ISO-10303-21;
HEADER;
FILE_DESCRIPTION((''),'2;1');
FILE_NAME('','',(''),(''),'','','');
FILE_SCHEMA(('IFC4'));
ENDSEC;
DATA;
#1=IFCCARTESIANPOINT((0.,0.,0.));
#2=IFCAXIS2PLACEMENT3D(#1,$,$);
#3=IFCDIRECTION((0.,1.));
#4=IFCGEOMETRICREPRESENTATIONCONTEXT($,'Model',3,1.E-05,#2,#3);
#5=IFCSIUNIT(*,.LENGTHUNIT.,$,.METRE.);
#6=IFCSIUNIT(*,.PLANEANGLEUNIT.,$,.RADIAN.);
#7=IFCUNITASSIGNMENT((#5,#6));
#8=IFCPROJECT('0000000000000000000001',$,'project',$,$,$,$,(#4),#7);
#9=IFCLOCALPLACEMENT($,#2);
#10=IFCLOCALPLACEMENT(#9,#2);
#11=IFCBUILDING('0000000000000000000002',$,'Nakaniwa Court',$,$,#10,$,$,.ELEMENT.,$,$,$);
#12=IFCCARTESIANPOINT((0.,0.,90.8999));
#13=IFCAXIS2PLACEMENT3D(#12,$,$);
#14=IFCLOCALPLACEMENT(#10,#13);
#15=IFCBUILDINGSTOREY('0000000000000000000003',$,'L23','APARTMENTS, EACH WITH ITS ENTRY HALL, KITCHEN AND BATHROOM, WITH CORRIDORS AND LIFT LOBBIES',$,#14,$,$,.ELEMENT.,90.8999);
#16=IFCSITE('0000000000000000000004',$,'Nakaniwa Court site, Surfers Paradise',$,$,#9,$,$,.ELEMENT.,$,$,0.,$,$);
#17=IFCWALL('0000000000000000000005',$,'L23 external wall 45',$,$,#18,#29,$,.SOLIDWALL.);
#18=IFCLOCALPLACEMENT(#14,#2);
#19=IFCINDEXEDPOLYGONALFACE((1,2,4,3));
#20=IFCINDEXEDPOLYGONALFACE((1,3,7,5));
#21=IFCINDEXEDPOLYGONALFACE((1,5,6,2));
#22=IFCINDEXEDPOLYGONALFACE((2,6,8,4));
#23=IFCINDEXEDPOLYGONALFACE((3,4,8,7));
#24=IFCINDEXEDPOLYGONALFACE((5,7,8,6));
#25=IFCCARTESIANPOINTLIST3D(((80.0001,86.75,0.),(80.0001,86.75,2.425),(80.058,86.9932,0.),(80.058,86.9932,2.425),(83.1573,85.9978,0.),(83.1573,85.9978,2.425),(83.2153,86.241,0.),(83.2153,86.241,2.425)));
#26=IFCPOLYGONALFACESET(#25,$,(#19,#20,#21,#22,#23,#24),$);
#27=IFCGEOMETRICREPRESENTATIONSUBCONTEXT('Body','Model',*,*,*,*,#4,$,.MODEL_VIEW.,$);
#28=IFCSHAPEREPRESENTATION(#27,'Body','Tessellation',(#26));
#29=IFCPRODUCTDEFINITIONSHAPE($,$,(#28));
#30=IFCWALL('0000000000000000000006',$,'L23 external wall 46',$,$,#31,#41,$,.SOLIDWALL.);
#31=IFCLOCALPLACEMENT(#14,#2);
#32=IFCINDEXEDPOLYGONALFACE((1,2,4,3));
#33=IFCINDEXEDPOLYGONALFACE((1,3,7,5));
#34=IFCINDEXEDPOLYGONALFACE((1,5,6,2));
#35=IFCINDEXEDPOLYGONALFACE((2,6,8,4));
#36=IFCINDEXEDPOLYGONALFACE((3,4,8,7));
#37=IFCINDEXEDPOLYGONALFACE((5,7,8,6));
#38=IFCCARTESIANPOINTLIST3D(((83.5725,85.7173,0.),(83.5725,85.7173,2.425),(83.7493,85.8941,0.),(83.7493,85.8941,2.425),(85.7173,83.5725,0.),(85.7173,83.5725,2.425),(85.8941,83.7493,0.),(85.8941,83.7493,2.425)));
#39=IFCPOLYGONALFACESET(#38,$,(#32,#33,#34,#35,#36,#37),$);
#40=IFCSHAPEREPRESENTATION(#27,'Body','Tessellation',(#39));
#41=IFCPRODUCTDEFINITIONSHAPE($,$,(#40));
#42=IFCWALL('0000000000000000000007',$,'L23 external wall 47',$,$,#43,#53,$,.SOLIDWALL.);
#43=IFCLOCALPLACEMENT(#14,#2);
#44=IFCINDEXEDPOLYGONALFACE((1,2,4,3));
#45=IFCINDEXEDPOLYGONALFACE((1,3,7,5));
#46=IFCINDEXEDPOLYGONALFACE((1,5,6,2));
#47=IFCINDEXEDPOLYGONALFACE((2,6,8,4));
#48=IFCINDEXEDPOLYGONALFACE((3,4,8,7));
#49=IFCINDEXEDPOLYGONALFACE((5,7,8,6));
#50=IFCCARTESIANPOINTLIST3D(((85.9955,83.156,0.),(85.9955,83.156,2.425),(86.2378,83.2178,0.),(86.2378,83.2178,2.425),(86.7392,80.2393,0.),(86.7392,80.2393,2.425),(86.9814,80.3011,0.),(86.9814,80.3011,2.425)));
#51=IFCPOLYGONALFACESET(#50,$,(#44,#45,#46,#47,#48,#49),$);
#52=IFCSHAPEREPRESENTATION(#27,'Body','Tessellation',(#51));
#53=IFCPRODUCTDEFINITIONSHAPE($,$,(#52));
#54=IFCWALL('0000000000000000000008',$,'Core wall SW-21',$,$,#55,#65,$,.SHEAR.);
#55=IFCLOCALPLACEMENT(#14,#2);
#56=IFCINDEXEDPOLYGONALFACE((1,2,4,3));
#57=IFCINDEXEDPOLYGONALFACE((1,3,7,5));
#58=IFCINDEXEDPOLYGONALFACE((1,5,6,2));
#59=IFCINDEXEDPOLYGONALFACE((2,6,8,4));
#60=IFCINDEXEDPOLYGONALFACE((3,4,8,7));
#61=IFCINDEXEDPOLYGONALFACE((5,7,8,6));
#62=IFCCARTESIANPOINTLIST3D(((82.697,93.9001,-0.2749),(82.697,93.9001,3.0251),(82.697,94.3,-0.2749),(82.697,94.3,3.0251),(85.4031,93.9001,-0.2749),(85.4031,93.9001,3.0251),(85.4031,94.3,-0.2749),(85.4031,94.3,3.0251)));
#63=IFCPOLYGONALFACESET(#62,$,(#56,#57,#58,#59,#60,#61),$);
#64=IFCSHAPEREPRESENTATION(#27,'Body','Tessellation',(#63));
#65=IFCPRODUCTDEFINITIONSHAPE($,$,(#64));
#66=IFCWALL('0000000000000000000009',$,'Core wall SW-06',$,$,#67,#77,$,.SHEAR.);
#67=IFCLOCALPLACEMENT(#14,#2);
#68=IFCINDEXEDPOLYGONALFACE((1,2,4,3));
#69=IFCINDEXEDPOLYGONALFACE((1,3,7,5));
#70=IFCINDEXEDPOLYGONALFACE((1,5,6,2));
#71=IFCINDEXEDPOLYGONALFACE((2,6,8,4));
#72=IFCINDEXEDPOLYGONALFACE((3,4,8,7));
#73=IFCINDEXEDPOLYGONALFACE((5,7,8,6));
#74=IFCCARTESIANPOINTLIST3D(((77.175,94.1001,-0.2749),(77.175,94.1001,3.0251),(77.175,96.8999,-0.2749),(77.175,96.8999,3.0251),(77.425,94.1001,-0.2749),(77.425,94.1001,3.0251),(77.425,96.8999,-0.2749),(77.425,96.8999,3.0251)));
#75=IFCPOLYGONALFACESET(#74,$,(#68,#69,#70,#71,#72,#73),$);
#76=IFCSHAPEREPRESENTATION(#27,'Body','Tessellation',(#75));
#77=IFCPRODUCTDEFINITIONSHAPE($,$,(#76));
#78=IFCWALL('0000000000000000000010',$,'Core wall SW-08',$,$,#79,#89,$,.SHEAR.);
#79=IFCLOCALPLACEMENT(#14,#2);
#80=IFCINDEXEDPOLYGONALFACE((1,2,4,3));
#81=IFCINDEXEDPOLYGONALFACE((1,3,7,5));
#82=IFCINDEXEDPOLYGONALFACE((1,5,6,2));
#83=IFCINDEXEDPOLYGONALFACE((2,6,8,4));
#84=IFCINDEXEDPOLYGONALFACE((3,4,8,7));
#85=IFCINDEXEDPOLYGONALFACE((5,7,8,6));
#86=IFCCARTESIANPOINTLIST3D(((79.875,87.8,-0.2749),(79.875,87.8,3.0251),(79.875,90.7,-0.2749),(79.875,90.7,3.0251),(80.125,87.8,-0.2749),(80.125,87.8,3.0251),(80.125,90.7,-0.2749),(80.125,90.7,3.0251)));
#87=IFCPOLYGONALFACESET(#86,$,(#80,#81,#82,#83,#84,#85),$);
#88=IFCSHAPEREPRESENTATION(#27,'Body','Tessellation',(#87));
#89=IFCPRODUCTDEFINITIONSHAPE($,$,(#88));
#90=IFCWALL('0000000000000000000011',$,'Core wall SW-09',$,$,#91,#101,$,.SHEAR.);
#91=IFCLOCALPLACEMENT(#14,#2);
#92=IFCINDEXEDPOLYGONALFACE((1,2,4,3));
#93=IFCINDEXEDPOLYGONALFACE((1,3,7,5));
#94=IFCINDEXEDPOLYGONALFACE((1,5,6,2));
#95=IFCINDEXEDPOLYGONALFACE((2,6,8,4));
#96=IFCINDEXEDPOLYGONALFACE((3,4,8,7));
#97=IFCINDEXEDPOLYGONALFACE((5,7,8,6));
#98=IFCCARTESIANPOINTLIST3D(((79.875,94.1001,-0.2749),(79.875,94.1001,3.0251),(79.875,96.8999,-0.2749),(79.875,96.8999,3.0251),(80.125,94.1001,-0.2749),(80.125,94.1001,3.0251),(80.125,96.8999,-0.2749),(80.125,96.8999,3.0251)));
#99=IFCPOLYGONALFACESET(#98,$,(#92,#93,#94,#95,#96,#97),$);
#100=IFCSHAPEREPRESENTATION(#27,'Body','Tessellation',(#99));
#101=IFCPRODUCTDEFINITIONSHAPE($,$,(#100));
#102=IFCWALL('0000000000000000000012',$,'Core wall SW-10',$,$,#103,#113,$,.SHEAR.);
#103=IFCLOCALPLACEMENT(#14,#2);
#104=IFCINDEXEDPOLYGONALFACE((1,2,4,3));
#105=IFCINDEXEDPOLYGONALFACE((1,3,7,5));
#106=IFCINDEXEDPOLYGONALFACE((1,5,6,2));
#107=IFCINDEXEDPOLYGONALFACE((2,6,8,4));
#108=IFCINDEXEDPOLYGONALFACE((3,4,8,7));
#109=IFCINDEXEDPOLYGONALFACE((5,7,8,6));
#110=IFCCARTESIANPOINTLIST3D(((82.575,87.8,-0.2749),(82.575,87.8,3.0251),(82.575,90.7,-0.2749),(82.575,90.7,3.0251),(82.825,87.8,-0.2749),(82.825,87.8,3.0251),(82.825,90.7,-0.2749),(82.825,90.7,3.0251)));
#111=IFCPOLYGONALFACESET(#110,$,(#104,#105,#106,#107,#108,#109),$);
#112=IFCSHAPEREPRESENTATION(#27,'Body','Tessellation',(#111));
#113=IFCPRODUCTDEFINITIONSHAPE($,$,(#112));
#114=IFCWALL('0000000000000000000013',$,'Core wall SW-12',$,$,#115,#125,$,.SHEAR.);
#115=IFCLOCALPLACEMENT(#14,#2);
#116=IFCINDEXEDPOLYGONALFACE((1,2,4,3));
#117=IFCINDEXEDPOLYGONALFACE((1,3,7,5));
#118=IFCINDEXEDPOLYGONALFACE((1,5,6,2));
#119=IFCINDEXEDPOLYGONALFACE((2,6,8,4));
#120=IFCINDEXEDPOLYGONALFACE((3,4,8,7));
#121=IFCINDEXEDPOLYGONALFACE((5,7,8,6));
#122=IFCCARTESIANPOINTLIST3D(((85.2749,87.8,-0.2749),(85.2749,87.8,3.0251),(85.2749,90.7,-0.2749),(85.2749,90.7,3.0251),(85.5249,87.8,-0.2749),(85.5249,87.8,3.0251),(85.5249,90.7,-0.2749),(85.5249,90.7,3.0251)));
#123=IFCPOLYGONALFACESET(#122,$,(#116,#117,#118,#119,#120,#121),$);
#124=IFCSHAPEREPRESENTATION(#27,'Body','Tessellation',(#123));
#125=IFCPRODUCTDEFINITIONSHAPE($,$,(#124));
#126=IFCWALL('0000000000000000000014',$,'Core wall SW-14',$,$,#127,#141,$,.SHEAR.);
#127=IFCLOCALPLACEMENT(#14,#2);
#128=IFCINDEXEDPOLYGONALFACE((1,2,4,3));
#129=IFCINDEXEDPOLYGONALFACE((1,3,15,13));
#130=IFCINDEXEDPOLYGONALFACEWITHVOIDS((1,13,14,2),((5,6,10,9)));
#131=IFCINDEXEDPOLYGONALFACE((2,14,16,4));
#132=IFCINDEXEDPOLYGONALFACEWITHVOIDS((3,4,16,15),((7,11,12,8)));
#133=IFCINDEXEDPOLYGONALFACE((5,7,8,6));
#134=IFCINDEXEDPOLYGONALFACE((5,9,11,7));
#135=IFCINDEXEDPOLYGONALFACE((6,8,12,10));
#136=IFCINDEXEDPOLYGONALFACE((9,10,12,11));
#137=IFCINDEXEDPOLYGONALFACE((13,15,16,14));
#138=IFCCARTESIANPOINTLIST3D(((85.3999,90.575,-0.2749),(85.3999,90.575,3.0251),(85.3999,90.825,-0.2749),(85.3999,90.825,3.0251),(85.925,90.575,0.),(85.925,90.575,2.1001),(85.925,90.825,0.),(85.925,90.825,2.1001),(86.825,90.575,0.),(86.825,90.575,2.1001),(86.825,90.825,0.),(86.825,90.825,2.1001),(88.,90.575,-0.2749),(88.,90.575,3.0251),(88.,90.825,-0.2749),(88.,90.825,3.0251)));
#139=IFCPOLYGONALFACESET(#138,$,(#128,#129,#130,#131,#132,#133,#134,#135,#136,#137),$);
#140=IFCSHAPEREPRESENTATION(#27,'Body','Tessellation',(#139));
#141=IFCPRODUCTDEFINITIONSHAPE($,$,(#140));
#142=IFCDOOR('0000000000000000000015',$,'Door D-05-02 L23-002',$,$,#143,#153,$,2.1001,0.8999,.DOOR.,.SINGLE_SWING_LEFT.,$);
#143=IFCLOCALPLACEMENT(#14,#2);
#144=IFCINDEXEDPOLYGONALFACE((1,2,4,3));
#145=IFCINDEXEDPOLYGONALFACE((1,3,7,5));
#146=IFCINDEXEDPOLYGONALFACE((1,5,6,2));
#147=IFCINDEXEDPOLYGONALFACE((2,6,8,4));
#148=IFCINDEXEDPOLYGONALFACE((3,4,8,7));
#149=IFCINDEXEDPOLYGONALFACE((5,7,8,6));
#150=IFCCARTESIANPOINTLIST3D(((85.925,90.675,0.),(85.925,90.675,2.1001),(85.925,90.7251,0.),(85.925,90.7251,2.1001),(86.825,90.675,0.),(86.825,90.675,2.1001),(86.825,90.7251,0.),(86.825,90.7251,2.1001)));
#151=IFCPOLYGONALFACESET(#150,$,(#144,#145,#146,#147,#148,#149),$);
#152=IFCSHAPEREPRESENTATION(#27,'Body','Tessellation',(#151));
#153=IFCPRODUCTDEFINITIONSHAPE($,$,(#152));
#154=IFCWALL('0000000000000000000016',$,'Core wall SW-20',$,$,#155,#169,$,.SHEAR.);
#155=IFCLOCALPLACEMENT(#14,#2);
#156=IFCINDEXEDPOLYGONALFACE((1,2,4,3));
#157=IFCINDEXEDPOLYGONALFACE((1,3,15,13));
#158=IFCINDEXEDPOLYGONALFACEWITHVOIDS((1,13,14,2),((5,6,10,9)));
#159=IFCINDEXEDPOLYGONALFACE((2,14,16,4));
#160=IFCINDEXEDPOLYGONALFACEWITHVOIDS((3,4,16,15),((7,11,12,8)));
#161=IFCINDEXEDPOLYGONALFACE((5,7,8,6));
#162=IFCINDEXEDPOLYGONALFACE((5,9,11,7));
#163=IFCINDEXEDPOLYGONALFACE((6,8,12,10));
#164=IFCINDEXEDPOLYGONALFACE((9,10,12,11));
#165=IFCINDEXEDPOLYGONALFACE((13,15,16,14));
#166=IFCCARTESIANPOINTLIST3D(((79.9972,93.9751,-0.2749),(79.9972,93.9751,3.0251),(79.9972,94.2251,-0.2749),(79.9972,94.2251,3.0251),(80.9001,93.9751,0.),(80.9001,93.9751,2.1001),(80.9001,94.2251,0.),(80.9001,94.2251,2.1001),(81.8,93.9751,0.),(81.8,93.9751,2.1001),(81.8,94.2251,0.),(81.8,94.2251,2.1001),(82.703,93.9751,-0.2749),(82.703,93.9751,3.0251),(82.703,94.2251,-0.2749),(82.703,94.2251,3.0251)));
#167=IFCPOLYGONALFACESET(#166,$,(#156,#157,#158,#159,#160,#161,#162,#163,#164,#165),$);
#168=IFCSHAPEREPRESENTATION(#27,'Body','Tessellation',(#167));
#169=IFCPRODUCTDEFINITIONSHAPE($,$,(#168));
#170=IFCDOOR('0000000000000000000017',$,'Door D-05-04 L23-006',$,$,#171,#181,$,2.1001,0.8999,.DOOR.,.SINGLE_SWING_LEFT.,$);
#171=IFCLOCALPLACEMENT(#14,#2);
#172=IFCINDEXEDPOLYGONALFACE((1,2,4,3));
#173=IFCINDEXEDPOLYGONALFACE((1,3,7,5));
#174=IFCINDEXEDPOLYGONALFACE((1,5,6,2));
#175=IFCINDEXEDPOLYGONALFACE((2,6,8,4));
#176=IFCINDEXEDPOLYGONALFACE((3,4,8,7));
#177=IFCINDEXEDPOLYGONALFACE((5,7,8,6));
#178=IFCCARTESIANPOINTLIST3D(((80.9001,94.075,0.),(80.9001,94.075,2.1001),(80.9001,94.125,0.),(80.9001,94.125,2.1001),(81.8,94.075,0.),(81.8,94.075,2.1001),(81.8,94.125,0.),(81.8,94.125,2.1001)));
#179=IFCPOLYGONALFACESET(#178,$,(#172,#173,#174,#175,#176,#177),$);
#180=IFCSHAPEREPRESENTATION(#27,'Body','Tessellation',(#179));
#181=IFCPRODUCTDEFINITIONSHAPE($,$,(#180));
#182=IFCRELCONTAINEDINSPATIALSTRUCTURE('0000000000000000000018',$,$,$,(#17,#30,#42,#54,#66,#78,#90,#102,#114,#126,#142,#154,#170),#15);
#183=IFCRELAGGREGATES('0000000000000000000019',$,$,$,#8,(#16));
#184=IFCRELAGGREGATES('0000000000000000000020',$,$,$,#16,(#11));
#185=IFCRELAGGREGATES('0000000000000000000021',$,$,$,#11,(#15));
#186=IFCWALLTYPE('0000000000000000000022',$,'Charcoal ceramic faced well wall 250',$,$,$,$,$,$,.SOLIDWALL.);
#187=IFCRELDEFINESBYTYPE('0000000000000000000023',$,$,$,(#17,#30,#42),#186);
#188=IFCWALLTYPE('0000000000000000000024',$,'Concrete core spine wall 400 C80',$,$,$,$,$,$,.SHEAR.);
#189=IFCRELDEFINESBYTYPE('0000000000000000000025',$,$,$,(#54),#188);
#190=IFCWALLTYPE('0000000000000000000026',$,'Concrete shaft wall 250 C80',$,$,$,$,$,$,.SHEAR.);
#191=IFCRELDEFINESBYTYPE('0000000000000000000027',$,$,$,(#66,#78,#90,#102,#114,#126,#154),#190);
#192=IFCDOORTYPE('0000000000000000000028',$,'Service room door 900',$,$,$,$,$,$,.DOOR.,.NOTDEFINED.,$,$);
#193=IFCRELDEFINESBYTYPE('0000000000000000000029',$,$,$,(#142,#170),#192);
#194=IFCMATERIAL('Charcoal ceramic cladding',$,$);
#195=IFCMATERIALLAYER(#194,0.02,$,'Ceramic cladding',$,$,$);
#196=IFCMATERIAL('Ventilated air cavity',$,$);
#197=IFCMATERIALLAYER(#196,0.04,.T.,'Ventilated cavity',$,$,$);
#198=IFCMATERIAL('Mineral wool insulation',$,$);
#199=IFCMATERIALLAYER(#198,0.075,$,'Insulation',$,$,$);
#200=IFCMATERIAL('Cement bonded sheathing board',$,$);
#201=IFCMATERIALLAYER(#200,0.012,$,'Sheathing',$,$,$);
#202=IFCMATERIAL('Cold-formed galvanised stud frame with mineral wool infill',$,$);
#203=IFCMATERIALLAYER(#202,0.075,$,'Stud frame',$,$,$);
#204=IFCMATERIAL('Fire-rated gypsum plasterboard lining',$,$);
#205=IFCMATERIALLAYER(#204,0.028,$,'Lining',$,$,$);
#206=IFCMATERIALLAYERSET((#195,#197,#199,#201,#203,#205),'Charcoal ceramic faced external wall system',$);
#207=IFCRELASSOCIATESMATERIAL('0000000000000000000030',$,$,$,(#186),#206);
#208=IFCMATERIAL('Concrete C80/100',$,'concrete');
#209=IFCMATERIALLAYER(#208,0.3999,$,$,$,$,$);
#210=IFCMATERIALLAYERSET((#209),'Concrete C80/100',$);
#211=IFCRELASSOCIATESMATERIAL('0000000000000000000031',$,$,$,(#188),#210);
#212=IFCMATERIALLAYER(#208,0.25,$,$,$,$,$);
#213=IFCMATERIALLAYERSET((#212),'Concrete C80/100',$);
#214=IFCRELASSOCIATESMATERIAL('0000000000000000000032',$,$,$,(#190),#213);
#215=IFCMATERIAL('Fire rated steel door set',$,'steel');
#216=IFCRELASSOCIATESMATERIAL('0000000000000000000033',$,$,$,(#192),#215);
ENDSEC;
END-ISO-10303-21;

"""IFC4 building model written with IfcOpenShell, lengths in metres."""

from ifc_helpers import new_model, si_unit, direction, frame, frame_2d, origin, place, context, subcontext, project, spatial, rectangle, extrude, material, layer, layer_set, type_object, element, fill, save


model = new_model("IFC4")

# Units and contexts
model_context = context("Model", 3, precision=1e-05, world=origin(), true_north=direction((0.0, 1.0)))
body_context = subcontext(model_context, "Body", "Model", "MODEL_VIEW")
ifc_project = project(units=[si_unit("LENGTHUNIT", "METRE"), si_unit("PLANEANGLEUNIT", "RADIAN")], contexts=[model_context])

# Site, building, storey
site_placement = place(None, origin())
site = spatial("IfcSite", under=ifc_project, at=site_placement, Name="Nakaniwa Court site, Surfers Paradise", CompositionType="ELEMENT", RefElevation=0.0)
building_placement = place(site_placement, origin())
building = spatial("IfcBuilding", under=site, at=building_placement, Name="Nakaniwa Court", CompositionType="ELEMENT")
storey_placement = place(building_placement, frame((0.0, 0.0, 90.8999)))
storey = spatial("IfcBuildingStorey", under=building, at=storey_placement, Name="L23", Description="APARTMENTS, EACH WITH ITS ENTRY HALL, KITCHEN AND BATHROOM, WITH CORRIDORS AND LIFT LOBBIES", CompositionType="ELEMENT", Elevation=90.8999)

# Shared definitions
ifc_material_1 = material(Name="Concrete C80/100", Category="concrete")

# Walls
ifc_material_2 = material(Name="Charcoal ceramic cladding")
ifc_layer_1 = layer(ifc_material_2, 0.02, Name="Ceramic cladding")
ifc_material_3 = material(Name="Ventilated air cavity")
ifc_layer_2 = layer(ifc_material_3, 0.04, ventilated=True, Name="Ventilated cavity")
ifc_material_4 = material(Name="Mineral wool insulation")
ifc_layer_3 = layer(ifc_material_4, 0.075, Name="Insulation")
ifc_material_5 = material(Name="Cement bonded sheathing board")
ifc_layer_4 = layer(ifc_material_5, 0.012, Name="Sheathing")
ifc_material_6 = material(Name="Cold-formed galvanised stud frame with mineral wool infill")
ifc_layer_5 = layer(ifc_material_6, 0.075, Name="Stud frame")
ifc_material_7 = material(Name="Fire-rated gypsum plasterboard lining")
ifc_layer_6 = layer(ifc_material_7, 0.028, Name="Lining")
ifc_layer_set_1 = layer_set([ifc_layer_1, ifc_layer_2, ifc_layer_3, ifc_layer_4, ifc_layer_5, ifc_layer_6], Name="Charcoal ceramic faced external wall system")
wall_type_1 = type_object("IfcWallType", Name="Charcoal ceramic faced well wall 250", PredefinedType="SOLIDWALL", material=ifc_layer_set_1)
wall_1_placement = place(storey_placement, frame((80.0291, 86.8716, 0.0), z_axis=(0.0, 0.0, 1.0), x_axis=(0.972773, -0.23176, 0.0)))
element("IfcWall", 1, at=wall_1_placement, inside=storey, type_object=wall_type_1, Name="L23 external wall 45", PredefinedType="SOLIDWALL", context=body_context, shape_type="SweptSolid", body=[
    extrude(rectangle(XDim=3.2456, YDim=0.25, at=frame_2d((1.6228, 0.0))), origin(), (0.0, 0.0, 1.0), 2.425),
])
wall_2_placement = place(storey_placement, frame((83.6609, 85.8057, 0.0), z_axis=(0.0, 0.0, 1.0), x_axis=(0.707107, -0.707107, 0.0)))
element("IfcWall", 2, at=wall_2_placement, inside=storey, type_object=wall_type_1, Name="L23 external wall 46", PredefinedType="SOLIDWALL", context=body_context, shape_type="SweptSolid", body=[
    extrude(rectangle(XDim=3.0332, YDim=0.25, at=frame_2d((1.5166, 0.0))), origin(), (0.0, 0.0, 1.0), 2.425),
])
wall_3_placement = place(storey_placement, frame((86.1167, 83.1868, 0.0), z_axis=(0.0, 0.0, 1.0), x_axis=(0.247056, -0.969001, 0.0)))
element("IfcWall", 3, at=wall_3_placement, inside=storey, type_object=wall_type_1, Name="L23 external wall 47", PredefinedType="SOLIDWALL", context=body_context, shape_type="SweptSolid", body=[
    extrude(rectangle(XDim=3.01, YDim=0.25, at=frame_2d((1.5049, 0.0))), origin(), (0.0, 0.0, 1.0), 2.425),
])
ifc_layer_7 = layer(ifc_material_1, 0.3999)
ifc_layer_set_2 = layer_set([ifc_layer_7], Name="Concrete C80/100")
wall_type_2 = type_object("IfcWallType", Name="Concrete core spine wall 400 C80", PredefinedType="SHEAR", material=ifc_layer_set_2)
wall_4_placement = place(storey_placement, frame((82.697, 94.1001, -0.2749), z_axis=(0.0, 0.0, 1.0), x_axis=(1.0, 0.0, 0.0)))
element("IfcWall", 4, at=wall_4_placement, inside=storey, type_object=wall_type_2, Name="Core wall SW-21", PredefinedType="SHEAR", context=body_context, shape_type="SweptSolid", body=[
    extrude(rectangle(XDim=2.7061, YDim=0.3999, at=frame_2d((1.353, 0.0))), origin(), (0.0, 0.0, 1.0), 3.3),
])
ifc_layer_8 = layer(ifc_material_1, 0.25)
ifc_layer_set_3 = layer_set([ifc_layer_8], Name="Concrete C80/100")
wall_type_3 = type_object("IfcWallType", Name="Concrete shaft wall 250 C80", PredefinedType="SHEAR", material=ifc_layer_set_3)
wall_5_placement = place(storey_placement, frame((77.3, 94.1001, -0.2749), z_axis=(0.0, 0.0, 1.0), x_axis=(0.0, 1.0, 0.0)))
element("IfcWall", 5, at=wall_5_placement, inside=storey, type_object=wall_type_3, Name="Core wall SW-06", PredefinedType="SHEAR", context=body_context, shape_type="SweptSolid", body=[
    extrude(rectangle(XDim=2.7998, YDim=0.25, at=frame_2d((1.3999, 0.0))), origin(), (0.0, 0.0, 1.0), 3.3),
])
wall_6_placement = place(storey_placement, frame((80.0, 87.8, -0.2749), z_axis=(0.0, 0.0, 1.0), x_axis=(0.0, 1.0, 0.0)))
element("IfcWall", 6, at=wall_6_placement, inside=storey, type_object=wall_type_3, Name="Core wall SW-08", PredefinedType="SHEAR", context=body_context, shape_type="SweptSolid", body=[
    extrude(rectangle(XDim=2.8999, YDim=0.25, at=frame_2d((1.45, 0.0))), origin(), (0.0, 0.0, 1.0), 3.3),
])
wall_7_placement = place(storey_placement, frame((80.0, 94.1001, -0.2749), z_axis=(0.0, 0.0, 1.0), x_axis=(0.0, 1.0, 0.0)))
element("IfcWall", 7, at=wall_7_placement, inside=storey, type_object=wall_type_3, Name="Core wall SW-09", PredefinedType="SHEAR", context=body_context, shape_type="SweptSolid", body=[
    extrude(rectangle(XDim=2.7998, YDim=0.25, at=frame_2d((1.3999, 0.0))), origin(), (0.0, 0.0, 1.0), 3.3),
])
for number, where, z_axis, x_axis, name in (
    (8, (82.7, 87.8, -0.2749), (0.0, 0.0, 1.0), (0.0, 1.0, 0.0), "Core wall SW-10"),
    (9, (85.3999, 87.8, -0.2749), (0.0, 0.0, 1.0), (0.0, 1.0, 0.0), "Core wall SW-12"),
):
    element("IfcWall", number, at=place(storey_placement, frame(where, z_axis=z_axis, x_axis=x_axis)), inside=storey, type_object=wall_type_3, Name=name, PredefinedType="SHEAR", context=body_context, shape_type="SweptSolid", body=[
        extrude(rectangle(XDim=2.8999, YDim=0.25, at=frame_2d((1.45, 0.0))), origin(), (0.0, 0.0, 1.0), 3.3),
    ])

# Walls, openings, doors
wall_8_placement = place(storey_placement, frame((88.0, 90.7, -0.2749), z_axis=(0.0, 0.0, 1.0), x_axis=(-1.0, 0.0, 0.0)))
wall_8 = element("IfcWall", 10, at=wall_8_placement, inside=storey, type_object=wall_type_3, Name="Core wall SW-14", PredefinedType="SHEAR", context=body_context, shape_type="SweptSolid", body=[
    extrude(rectangle(XDim=2.6001, YDim=0.25, at=frame_2d((1.3, 0.0))), origin(), (0.0, 0.0, 1.0), 3.3),
])
opening_1_placement = place(wall_8_placement, frame((1.175, 0.0, 0.2749)))
opening_1 = element("IfcOpeningElement", 11, at=opening_1_placement, cuts=wall_8, PredefinedType="OPENING", context=body_context, shape_type="SweptSolid", body=[
    extrude(rectangle(XDim=0.8999, YDim=2.1001, at=frame_2d((0.45, 1.05))), frame((0.0, 0.135, 0.0), z_axis=(0.0, -1.0, 0.0), x_axis=(1.0, 0.0, 0.0)), (0.0, 0.0, 1.0), 0.27),
])
ifc_material_8 = material(Name="Fire rated steel door set", Category="steel")
door_type_1 = type_object("IfcDoorType", Name="Service room door 900", OperationType="NOTDEFINED", PredefinedType="DOOR", material=ifc_material_8)
door_1_placement = place(opening_1_placement, origin())
door_1 = element("IfcDoor", 12, at=door_1_placement, inside=storey, type_object=door_type_1, Name="Door D-05-02 L23-002", OperationType="SINGLE_SWING_LEFT", OverallHeight=2.1001, OverallWidth=0.8999, PredefinedType="DOOR", context=body_context, shape_type="SweptSolid", body=[
    extrude(rectangle(XDim=0.8999, YDim=2.1001, at=frame_2d((0.45, 1.05))), frame((0.0, 0.0249, 0.0), z_axis=(0.0, -1.0, 0.0), x_axis=(1.0, 0.0, 0.0)), (0.0, 0.0, 1.0), 0.05),
])
fill(opening_1, door_1)
wall_9_placement = place(storey_placement, frame((79.9971, 94.1001, -0.2749), z_axis=(0.0, 0.0, 1.0), x_axis=(1.0, 0.0, 0.0)))
wall_9 = element("IfcWall", 13, at=wall_9_placement, inside=storey, type_object=wall_type_3, Name="Core wall SW-20", PredefinedType="SHEAR", context=body_context, shape_type="SweptSolid", body=[
    extrude(rectangle(XDim=2.7058, YDim=0.25, at=frame_2d((1.353, 0.0))), origin(), (0.0, 0.0, 1.0), 3.3),
])
opening_2_placement = place(wall_9_placement, frame((0.9031, 0.0, 0.2749)))
opening_2 = element("IfcOpeningElement", 14, at=opening_2_placement, cuts=wall_9, PredefinedType="OPENING", context=body_context, shape_type="SweptSolid", body=[
    extrude(rectangle(XDim=0.8999, YDim=2.1001, at=frame_2d((0.45, 1.05))), frame((0.0, 0.135, 0.0), z_axis=(0.0, -1.0, 0.0), x_axis=(1.0, 0.0, 0.0)), (0.0, 0.0, 1.0), 0.27),
])
door_2_placement = place(opening_2_placement, origin())
door_2 = element("IfcDoor", 15, at=door_2_placement, inside=storey, type_object=door_type_1, Name="Door D-05-04 L23-006", OperationType="SINGLE_SWING_LEFT", OverallHeight=2.1001, OverallWidth=0.8999, PredefinedType="DOOR", context=body_context, shape_type="SweptSolid", body=[
    extrude(rectangle(XDim=0.8999, YDim=2.1001, at=frame_2d((0.45, 1.05))), frame((0.0, 0.0249, 0.0), z_axis=(0.0, -1.0, 0.0), x_axis=(1.0, 0.0, 0.0)), (0.0, 0.0, 1.0), 0.05),
])
fill(opening_2, door_2)

save(model, "model.ifc")
